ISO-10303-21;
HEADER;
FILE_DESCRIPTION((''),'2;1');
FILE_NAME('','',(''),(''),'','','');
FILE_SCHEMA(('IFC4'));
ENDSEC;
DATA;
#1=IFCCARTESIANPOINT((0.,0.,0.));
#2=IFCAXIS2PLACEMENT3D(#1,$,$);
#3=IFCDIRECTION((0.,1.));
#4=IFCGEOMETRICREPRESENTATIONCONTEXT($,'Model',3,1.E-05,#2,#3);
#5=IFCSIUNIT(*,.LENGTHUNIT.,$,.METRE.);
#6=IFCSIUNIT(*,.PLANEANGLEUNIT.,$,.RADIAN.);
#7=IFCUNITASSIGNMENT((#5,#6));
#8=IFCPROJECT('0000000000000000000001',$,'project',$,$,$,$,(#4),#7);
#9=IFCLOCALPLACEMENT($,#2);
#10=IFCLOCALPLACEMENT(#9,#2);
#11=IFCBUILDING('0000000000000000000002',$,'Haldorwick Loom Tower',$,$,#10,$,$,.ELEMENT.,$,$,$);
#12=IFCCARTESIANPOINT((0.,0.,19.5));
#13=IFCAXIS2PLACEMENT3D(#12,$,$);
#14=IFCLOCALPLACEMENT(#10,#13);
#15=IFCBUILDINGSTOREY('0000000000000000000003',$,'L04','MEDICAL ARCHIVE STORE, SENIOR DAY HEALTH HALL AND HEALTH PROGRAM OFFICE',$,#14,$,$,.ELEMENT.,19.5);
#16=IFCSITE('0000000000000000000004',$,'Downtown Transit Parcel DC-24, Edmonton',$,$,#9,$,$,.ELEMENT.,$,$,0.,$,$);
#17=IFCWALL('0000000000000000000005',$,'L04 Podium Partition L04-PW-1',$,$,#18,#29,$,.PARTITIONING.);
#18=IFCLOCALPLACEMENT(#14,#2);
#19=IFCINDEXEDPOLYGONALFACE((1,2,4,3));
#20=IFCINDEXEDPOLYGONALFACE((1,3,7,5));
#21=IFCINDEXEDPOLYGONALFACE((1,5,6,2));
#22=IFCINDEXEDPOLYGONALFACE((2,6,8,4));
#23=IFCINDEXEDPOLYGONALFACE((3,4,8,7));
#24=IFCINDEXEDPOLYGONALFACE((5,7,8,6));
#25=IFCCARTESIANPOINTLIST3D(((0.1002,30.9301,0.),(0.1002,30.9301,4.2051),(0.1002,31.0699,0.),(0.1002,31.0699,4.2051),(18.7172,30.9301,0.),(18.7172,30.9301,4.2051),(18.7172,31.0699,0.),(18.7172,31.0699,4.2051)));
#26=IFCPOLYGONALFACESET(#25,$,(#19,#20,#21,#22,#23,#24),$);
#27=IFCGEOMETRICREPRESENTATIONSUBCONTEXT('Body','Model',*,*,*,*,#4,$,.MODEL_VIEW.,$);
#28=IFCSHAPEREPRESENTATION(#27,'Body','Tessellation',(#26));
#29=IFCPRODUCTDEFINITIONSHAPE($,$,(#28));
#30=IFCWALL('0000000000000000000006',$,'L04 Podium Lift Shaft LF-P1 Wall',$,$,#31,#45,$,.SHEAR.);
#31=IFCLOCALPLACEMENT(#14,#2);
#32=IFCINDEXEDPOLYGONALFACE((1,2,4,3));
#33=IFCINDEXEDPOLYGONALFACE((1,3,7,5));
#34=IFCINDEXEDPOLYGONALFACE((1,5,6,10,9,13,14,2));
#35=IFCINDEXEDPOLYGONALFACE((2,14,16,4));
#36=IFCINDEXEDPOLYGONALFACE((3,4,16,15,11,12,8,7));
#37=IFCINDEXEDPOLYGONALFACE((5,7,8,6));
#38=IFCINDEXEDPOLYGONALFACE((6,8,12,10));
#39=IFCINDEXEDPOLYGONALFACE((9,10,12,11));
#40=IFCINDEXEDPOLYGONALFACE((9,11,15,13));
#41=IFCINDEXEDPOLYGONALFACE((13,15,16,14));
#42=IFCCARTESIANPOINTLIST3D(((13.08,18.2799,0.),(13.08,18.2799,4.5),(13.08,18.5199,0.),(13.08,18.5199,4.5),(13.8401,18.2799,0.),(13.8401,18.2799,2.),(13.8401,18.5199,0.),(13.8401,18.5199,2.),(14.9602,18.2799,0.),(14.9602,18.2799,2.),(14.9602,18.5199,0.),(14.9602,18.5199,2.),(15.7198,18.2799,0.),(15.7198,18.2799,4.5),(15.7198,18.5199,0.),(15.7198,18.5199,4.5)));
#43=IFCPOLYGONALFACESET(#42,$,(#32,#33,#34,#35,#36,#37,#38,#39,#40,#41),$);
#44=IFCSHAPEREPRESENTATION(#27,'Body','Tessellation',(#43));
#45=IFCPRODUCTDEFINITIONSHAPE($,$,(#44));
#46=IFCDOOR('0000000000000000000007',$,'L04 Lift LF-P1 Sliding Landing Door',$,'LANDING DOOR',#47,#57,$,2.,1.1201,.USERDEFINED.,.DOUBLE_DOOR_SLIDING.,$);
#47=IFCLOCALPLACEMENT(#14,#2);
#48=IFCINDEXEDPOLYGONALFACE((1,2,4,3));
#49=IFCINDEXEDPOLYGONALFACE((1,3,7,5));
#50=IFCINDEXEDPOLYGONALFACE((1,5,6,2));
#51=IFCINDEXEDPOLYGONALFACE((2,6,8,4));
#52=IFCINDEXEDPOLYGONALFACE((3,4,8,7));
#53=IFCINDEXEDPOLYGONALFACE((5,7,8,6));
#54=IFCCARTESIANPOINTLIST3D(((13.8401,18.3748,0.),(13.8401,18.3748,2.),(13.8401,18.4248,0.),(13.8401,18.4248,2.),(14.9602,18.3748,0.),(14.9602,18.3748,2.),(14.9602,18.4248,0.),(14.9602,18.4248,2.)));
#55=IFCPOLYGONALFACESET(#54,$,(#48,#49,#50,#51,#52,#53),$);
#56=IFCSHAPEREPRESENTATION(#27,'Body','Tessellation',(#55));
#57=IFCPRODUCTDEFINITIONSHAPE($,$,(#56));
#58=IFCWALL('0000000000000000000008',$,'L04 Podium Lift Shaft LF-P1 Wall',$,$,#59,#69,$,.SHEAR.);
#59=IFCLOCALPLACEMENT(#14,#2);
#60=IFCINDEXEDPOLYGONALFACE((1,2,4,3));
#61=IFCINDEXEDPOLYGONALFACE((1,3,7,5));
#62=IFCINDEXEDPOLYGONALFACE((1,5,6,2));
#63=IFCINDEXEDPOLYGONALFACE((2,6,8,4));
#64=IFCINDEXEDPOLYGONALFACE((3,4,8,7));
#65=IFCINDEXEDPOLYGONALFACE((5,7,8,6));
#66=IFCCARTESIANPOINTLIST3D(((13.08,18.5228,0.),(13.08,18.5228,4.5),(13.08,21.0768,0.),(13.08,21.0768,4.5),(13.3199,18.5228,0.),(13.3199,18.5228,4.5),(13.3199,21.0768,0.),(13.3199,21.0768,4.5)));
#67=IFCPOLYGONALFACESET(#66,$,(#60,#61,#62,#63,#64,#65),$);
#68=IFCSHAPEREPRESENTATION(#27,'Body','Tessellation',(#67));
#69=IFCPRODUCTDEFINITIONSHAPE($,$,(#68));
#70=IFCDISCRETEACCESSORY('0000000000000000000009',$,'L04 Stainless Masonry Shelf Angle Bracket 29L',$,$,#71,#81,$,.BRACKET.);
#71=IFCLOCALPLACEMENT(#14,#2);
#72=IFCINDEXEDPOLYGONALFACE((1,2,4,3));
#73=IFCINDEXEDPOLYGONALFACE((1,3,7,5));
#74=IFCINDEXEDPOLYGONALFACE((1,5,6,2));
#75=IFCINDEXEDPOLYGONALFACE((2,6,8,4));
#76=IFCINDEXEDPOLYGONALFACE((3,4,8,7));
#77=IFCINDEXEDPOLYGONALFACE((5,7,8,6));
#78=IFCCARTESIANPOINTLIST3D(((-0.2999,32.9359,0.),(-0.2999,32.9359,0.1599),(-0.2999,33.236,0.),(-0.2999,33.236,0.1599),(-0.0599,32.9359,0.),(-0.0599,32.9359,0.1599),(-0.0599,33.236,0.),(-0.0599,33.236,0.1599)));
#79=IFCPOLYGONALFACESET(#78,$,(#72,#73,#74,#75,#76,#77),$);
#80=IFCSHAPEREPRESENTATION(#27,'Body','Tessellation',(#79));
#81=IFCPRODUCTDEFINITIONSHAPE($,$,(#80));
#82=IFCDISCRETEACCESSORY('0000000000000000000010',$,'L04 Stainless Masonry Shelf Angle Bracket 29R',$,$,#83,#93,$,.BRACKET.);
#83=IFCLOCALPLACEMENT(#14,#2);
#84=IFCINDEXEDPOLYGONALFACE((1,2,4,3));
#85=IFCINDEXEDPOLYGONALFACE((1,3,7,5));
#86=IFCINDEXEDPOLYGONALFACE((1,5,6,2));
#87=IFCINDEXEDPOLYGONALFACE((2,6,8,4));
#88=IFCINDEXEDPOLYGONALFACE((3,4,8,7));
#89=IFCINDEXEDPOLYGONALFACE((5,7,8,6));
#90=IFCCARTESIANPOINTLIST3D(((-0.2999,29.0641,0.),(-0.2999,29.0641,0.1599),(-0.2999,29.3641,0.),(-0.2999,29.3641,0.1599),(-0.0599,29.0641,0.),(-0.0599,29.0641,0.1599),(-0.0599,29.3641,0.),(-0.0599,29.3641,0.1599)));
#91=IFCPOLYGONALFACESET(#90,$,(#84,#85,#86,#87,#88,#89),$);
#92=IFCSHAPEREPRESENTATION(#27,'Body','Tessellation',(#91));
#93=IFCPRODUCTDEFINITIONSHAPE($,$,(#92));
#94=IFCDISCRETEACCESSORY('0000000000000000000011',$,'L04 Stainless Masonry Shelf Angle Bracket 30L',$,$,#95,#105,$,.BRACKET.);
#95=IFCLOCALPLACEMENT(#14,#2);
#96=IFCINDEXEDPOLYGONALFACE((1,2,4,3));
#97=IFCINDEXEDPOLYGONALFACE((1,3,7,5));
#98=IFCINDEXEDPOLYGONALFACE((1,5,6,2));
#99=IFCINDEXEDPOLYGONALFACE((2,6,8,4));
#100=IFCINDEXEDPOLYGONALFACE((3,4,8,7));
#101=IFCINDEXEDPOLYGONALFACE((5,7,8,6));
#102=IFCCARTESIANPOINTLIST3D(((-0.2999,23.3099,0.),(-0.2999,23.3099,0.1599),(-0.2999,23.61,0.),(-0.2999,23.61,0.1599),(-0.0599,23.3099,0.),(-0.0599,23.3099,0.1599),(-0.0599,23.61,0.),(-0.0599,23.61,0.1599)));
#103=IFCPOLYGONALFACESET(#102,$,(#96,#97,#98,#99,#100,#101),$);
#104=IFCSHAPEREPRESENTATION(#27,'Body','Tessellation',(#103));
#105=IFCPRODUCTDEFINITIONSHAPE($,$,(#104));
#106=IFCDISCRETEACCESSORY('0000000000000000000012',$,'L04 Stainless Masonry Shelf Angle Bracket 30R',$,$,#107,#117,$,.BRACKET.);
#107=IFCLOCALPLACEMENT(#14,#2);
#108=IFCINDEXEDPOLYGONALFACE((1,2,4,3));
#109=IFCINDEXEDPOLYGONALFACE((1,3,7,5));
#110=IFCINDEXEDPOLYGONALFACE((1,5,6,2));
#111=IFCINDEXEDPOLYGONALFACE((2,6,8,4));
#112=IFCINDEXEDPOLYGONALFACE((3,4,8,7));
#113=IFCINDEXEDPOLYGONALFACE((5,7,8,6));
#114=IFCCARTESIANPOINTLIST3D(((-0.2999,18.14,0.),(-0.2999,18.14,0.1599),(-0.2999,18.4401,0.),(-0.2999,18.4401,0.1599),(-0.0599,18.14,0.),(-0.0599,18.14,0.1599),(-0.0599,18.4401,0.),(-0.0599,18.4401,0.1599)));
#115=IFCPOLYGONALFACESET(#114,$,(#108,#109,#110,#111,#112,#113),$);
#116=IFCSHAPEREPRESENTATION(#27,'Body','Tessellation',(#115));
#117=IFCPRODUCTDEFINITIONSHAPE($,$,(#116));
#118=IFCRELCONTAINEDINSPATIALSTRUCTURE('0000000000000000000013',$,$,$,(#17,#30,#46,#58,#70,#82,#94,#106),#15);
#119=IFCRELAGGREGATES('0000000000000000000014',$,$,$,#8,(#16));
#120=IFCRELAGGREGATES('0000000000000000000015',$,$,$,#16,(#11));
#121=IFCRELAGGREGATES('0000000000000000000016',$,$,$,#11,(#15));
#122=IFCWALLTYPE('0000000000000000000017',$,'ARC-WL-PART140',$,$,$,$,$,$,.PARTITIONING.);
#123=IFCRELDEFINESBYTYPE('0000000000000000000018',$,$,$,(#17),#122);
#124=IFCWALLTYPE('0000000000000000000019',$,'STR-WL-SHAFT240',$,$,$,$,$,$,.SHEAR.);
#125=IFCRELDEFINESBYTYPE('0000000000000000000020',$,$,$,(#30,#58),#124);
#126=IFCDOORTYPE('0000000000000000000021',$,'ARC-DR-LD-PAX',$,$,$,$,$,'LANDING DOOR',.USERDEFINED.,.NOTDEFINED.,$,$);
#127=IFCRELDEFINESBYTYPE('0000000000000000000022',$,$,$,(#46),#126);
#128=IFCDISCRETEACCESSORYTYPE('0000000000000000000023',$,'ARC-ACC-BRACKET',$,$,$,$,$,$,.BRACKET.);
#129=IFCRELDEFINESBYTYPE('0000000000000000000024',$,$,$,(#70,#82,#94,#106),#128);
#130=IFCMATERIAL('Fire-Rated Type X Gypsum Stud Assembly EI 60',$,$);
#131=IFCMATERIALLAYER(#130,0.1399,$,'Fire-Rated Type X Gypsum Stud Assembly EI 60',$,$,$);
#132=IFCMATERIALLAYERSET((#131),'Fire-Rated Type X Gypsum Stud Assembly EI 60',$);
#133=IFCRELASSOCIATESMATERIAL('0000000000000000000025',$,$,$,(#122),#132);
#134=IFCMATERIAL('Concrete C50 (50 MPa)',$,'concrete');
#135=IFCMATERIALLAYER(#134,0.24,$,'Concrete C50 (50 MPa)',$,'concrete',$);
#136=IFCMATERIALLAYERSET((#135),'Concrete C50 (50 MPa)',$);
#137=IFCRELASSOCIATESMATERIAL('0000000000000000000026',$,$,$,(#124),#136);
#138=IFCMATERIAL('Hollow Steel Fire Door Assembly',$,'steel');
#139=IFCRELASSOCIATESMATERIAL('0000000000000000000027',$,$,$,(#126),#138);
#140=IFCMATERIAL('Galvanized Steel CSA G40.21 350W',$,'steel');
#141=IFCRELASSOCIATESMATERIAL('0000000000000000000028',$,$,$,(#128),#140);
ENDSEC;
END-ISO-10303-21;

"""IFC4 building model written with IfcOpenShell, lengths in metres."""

from ifc_helpers import new_model, si_unit, direction, frame, frame_2d, origin, origin_2d, place, context, subcontext, project, spatial, rectangle, extrude, material, layer, layer_set, type_object, element, fill, save


model = new_model("IFC4")

# Units and contexts
model_context = context("Model", 3, precision=1e-05, world=origin(), true_north=direction((0.0, 1.0)))
body_context = subcontext(model_context, "Body", "Model", "MODEL_VIEW")
ifc_project = project(units=[si_unit("LENGTHUNIT", "METRE"), si_unit("PLANEANGLEUNIT", "RADIAN")], contexts=[model_context])

# Site, building, storey
site_placement = place(None, origin())
site = spatial("IfcSite", under=ifc_project, at=site_placement, Name="Downtown Transit Parcel DC-24, Edmonton", CompositionType="ELEMENT", RefElevation=0.0)
building_placement = place(site_placement, origin())
building = spatial("IfcBuilding", under=site, at=building_placement, Name="Haldorwick Loom Tower", CompositionType="ELEMENT")
storey_placement = place(building_placement, frame((0.0, 0.0, 19.5)))
storey = spatial("IfcBuildingStorey", under=building, at=storey_placement, Name="L04", Description="MEDICAL ARCHIVE STORE, SENIOR DAY HEALTH HALL AND HEALTH PROGRAM OFFICE", CompositionType="ELEMENT", Elevation=19.5)

# Wall
ifc_material_1 = material(Name="Fire-Rated Type X Gypsum Stud Assembly EI 60")
ifc_layer_1 = layer(ifc_material_1, 0.1399, Name="Fire-Rated Type X Gypsum Stud Assembly EI 60")
ifc_layer_set_1 = layer_set([ifc_layer_1], Name="Fire-Rated Type X Gypsum Stud Assembly EI 60")
wall_type_1 = type_object("IfcWallType", Name="ARC-WL-PART140", PredefinedType="PARTITIONING", material=ifc_layer_set_1)
wall_1_placement = place(storey_placement, frame((0.1001, 31.0, 0.0), z_axis=(0.0, 0.0, 1.0), x_axis=(1.0, 0.0, 0.0)))
element("IfcWall", 1, at=wall_1_placement, inside=storey, type_object=wall_type_1, Name="L04 Podium Partition L04-PW-1", PredefinedType="PARTITIONING", context=body_context, shape_type="SweptSolid", body=[
    extrude(rectangle(XDim=18.6169, YDim=0.1399, at=frame_2d((9.3086, 0.0))), origin(), (0.0, 0.0, 1.0), 4.2051),
])

# Wall, opening, door
ifc_material_2 = material(Name="Concrete C50 (50 MPa)", Category="concrete")
ifc_layer_2 = layer(ifc_material_2, 0.24, Name="Concrete C50 (50 MPa)", Category="concrete")
ifc_layer_set_2 = layer_set([ifc_layer_2], Name="Concrete C50 (50 MPa)")
wall_type_2 = type_object("IfcWallType", Name="STR-WL-SHAFT240", PredefinedType="SHEAR", material=ifc_layer_set_2)
wall_2_placement = place(storey_placement, frame((13.0801, 18.3999, 0.0), z_axis=(0.0, 0.0, 1.0), x_axis=(1.0, 0.0, 0.0)))
wall_2 = element("IfcWall", 2, at=wall_2_placement, inside=storey, type_object=wall_type_2, Name="L04 Podium Lift Shaft LF-P1 Wall", PredefinedType="SHEAR", context=body_context, shape_type="SweptSolid", body=[
    extrude(rectangle(XDim=2.6399, YDim=0.24, at=frame_2d((1.3198, 0.0))), origin(), (0.0, 0.0, 1.0), 4.5),
])
opening_1_placement = place(wall_2_placement, frame((0.76, 0.0, 0.0)))
opening_1 = element("IfcOpeningElement", 3, at=opening_1_placement, cuts=wall_2, PredefinedType="OPENING", context=body_context, shape_type="SweptSolid", body=[
    extrude(rectangle(XDim=1.1201, YDim=2.0, at=frame_2d((0.5601, 1.0))), frame((0.0, 0.1299, 0.0), z_axis=(0.0, -1.0, 0.0), x_axis=(1.0, 0.0, 0.0)), (0.0, 0.0, 1.0), 0.26),
])
ifc_material_3 = material(Name="Hollow Steel Fire Door Assembly", Category="steel")
door_type = type_object("IfcDoorType", Name="ARC-DR-LD-PAX", ElementType="LANDING DOOR", OperationType="NOTDEFINED", PredefinedType="USERDEFINED", material=ifc_material_3)
door_placement = place(opening_1_placement, origin())
door = element("IfcDoor", 4, at=door_placement, inside=storey, type_object=door_type, Name="L04 Lift LF-P1 Sliding Landing Door", ObjectType="LANDING DOOR", OperationType="DOUBLE_DOOR_SLIDING", OverallHeight=2.0, OverallWidth=1.1201, PredefinedType="USERDEFINED", context=body_context, shape_type="SweptSolid", body=[
    extrude(rectangle(XDim=1.1201, YDim=2.0, at=frame_2d((0.5601, 1.0))), frame((0.0, 0.0249, 0.0), z_axis=(0.0, -1.0, 0.0), x_axis=(1.0, 0.0, 0.0)), (0.0, 0.0, 1.0), 0.05),
])
fill(opening_1, door)

# Wall
wall_3_placement = place(storey_placement, frame((13.2, 18.5229, 0.0), z_axis=(0.0, 0.0, 1.0), x_axis=(0.0, 1.0, 0.0)))
element("IfcWall", 5, at=wall_3_placement, inside=storey, type_object=wall_type_2, Name="L04 Podium Lift Shaft LF-P1 Wall", PredefinedType="SHEAR", context=body_context, shape_type="SweptSolid", body=[
    extrude(rectangle(XDim=2.554, YDim=0.24, at=frame_2d((1.2769, 0.0))), origin(), (0.0, 0.0, 1.0), 4.5),
])

# Discrete accessories
ifc_material_4 = material(Name="Galvanized Steel CSA G40.21 350W", Category="steel")
discrete_accessory_type = type_object("IfcDiscreteAccessoryType", Name="ARC-ACC-BRACKET", PredefinedType="BRACKET", material=ifc_material_4)
for number, where, z_axis, x_axis, name in (
    (6, (-0.1799, 33.0859, 0.0), (0.0, 0.0, 1.0), (0.0, -1.0, 0.0), "L04 Stainless Masonry Shelf Angle Bracket 29L"),
    (7, (-0.1799, 29.2141, 0.0), (0.0, 0.0, 1.0), (0.0, -1.0, 0.0), "L04 Stainless Masonry Shelf Angle Bracket 29R"),
    (8, (-0.1799, 23.46, 0.0), (0.0, 0.0, 1.0), (0.0, -1.0, 0.0), "L04 Stainless Masonry Shelf Angle Bracket 30L"),
    (9, (-0.1799, 18.29, 0.0), (0.0, 0.0, 1.0), (0.0, -1.0, 0.0), "L04 Stainless Masonry Shelf Angle Bracket 30R"),
):
    element("IfcDiscreteAccessory", number, at=place(storey_placement, frame(where, z_axis=z_axis, x_axis=x_axis)), inside=storey, type_object=discrete_accessory_type, Name=name, PredefinedType="BRACKET", context=body_context, shape_type="SweptSolid", body=[
        extrude(rectangle(XDim=0.3, YDim=0.24, at=origin_2d()), origin(), (0.0, 0.0, 1.0), 0.1599),
    ])

save(model, "model.ifc")
